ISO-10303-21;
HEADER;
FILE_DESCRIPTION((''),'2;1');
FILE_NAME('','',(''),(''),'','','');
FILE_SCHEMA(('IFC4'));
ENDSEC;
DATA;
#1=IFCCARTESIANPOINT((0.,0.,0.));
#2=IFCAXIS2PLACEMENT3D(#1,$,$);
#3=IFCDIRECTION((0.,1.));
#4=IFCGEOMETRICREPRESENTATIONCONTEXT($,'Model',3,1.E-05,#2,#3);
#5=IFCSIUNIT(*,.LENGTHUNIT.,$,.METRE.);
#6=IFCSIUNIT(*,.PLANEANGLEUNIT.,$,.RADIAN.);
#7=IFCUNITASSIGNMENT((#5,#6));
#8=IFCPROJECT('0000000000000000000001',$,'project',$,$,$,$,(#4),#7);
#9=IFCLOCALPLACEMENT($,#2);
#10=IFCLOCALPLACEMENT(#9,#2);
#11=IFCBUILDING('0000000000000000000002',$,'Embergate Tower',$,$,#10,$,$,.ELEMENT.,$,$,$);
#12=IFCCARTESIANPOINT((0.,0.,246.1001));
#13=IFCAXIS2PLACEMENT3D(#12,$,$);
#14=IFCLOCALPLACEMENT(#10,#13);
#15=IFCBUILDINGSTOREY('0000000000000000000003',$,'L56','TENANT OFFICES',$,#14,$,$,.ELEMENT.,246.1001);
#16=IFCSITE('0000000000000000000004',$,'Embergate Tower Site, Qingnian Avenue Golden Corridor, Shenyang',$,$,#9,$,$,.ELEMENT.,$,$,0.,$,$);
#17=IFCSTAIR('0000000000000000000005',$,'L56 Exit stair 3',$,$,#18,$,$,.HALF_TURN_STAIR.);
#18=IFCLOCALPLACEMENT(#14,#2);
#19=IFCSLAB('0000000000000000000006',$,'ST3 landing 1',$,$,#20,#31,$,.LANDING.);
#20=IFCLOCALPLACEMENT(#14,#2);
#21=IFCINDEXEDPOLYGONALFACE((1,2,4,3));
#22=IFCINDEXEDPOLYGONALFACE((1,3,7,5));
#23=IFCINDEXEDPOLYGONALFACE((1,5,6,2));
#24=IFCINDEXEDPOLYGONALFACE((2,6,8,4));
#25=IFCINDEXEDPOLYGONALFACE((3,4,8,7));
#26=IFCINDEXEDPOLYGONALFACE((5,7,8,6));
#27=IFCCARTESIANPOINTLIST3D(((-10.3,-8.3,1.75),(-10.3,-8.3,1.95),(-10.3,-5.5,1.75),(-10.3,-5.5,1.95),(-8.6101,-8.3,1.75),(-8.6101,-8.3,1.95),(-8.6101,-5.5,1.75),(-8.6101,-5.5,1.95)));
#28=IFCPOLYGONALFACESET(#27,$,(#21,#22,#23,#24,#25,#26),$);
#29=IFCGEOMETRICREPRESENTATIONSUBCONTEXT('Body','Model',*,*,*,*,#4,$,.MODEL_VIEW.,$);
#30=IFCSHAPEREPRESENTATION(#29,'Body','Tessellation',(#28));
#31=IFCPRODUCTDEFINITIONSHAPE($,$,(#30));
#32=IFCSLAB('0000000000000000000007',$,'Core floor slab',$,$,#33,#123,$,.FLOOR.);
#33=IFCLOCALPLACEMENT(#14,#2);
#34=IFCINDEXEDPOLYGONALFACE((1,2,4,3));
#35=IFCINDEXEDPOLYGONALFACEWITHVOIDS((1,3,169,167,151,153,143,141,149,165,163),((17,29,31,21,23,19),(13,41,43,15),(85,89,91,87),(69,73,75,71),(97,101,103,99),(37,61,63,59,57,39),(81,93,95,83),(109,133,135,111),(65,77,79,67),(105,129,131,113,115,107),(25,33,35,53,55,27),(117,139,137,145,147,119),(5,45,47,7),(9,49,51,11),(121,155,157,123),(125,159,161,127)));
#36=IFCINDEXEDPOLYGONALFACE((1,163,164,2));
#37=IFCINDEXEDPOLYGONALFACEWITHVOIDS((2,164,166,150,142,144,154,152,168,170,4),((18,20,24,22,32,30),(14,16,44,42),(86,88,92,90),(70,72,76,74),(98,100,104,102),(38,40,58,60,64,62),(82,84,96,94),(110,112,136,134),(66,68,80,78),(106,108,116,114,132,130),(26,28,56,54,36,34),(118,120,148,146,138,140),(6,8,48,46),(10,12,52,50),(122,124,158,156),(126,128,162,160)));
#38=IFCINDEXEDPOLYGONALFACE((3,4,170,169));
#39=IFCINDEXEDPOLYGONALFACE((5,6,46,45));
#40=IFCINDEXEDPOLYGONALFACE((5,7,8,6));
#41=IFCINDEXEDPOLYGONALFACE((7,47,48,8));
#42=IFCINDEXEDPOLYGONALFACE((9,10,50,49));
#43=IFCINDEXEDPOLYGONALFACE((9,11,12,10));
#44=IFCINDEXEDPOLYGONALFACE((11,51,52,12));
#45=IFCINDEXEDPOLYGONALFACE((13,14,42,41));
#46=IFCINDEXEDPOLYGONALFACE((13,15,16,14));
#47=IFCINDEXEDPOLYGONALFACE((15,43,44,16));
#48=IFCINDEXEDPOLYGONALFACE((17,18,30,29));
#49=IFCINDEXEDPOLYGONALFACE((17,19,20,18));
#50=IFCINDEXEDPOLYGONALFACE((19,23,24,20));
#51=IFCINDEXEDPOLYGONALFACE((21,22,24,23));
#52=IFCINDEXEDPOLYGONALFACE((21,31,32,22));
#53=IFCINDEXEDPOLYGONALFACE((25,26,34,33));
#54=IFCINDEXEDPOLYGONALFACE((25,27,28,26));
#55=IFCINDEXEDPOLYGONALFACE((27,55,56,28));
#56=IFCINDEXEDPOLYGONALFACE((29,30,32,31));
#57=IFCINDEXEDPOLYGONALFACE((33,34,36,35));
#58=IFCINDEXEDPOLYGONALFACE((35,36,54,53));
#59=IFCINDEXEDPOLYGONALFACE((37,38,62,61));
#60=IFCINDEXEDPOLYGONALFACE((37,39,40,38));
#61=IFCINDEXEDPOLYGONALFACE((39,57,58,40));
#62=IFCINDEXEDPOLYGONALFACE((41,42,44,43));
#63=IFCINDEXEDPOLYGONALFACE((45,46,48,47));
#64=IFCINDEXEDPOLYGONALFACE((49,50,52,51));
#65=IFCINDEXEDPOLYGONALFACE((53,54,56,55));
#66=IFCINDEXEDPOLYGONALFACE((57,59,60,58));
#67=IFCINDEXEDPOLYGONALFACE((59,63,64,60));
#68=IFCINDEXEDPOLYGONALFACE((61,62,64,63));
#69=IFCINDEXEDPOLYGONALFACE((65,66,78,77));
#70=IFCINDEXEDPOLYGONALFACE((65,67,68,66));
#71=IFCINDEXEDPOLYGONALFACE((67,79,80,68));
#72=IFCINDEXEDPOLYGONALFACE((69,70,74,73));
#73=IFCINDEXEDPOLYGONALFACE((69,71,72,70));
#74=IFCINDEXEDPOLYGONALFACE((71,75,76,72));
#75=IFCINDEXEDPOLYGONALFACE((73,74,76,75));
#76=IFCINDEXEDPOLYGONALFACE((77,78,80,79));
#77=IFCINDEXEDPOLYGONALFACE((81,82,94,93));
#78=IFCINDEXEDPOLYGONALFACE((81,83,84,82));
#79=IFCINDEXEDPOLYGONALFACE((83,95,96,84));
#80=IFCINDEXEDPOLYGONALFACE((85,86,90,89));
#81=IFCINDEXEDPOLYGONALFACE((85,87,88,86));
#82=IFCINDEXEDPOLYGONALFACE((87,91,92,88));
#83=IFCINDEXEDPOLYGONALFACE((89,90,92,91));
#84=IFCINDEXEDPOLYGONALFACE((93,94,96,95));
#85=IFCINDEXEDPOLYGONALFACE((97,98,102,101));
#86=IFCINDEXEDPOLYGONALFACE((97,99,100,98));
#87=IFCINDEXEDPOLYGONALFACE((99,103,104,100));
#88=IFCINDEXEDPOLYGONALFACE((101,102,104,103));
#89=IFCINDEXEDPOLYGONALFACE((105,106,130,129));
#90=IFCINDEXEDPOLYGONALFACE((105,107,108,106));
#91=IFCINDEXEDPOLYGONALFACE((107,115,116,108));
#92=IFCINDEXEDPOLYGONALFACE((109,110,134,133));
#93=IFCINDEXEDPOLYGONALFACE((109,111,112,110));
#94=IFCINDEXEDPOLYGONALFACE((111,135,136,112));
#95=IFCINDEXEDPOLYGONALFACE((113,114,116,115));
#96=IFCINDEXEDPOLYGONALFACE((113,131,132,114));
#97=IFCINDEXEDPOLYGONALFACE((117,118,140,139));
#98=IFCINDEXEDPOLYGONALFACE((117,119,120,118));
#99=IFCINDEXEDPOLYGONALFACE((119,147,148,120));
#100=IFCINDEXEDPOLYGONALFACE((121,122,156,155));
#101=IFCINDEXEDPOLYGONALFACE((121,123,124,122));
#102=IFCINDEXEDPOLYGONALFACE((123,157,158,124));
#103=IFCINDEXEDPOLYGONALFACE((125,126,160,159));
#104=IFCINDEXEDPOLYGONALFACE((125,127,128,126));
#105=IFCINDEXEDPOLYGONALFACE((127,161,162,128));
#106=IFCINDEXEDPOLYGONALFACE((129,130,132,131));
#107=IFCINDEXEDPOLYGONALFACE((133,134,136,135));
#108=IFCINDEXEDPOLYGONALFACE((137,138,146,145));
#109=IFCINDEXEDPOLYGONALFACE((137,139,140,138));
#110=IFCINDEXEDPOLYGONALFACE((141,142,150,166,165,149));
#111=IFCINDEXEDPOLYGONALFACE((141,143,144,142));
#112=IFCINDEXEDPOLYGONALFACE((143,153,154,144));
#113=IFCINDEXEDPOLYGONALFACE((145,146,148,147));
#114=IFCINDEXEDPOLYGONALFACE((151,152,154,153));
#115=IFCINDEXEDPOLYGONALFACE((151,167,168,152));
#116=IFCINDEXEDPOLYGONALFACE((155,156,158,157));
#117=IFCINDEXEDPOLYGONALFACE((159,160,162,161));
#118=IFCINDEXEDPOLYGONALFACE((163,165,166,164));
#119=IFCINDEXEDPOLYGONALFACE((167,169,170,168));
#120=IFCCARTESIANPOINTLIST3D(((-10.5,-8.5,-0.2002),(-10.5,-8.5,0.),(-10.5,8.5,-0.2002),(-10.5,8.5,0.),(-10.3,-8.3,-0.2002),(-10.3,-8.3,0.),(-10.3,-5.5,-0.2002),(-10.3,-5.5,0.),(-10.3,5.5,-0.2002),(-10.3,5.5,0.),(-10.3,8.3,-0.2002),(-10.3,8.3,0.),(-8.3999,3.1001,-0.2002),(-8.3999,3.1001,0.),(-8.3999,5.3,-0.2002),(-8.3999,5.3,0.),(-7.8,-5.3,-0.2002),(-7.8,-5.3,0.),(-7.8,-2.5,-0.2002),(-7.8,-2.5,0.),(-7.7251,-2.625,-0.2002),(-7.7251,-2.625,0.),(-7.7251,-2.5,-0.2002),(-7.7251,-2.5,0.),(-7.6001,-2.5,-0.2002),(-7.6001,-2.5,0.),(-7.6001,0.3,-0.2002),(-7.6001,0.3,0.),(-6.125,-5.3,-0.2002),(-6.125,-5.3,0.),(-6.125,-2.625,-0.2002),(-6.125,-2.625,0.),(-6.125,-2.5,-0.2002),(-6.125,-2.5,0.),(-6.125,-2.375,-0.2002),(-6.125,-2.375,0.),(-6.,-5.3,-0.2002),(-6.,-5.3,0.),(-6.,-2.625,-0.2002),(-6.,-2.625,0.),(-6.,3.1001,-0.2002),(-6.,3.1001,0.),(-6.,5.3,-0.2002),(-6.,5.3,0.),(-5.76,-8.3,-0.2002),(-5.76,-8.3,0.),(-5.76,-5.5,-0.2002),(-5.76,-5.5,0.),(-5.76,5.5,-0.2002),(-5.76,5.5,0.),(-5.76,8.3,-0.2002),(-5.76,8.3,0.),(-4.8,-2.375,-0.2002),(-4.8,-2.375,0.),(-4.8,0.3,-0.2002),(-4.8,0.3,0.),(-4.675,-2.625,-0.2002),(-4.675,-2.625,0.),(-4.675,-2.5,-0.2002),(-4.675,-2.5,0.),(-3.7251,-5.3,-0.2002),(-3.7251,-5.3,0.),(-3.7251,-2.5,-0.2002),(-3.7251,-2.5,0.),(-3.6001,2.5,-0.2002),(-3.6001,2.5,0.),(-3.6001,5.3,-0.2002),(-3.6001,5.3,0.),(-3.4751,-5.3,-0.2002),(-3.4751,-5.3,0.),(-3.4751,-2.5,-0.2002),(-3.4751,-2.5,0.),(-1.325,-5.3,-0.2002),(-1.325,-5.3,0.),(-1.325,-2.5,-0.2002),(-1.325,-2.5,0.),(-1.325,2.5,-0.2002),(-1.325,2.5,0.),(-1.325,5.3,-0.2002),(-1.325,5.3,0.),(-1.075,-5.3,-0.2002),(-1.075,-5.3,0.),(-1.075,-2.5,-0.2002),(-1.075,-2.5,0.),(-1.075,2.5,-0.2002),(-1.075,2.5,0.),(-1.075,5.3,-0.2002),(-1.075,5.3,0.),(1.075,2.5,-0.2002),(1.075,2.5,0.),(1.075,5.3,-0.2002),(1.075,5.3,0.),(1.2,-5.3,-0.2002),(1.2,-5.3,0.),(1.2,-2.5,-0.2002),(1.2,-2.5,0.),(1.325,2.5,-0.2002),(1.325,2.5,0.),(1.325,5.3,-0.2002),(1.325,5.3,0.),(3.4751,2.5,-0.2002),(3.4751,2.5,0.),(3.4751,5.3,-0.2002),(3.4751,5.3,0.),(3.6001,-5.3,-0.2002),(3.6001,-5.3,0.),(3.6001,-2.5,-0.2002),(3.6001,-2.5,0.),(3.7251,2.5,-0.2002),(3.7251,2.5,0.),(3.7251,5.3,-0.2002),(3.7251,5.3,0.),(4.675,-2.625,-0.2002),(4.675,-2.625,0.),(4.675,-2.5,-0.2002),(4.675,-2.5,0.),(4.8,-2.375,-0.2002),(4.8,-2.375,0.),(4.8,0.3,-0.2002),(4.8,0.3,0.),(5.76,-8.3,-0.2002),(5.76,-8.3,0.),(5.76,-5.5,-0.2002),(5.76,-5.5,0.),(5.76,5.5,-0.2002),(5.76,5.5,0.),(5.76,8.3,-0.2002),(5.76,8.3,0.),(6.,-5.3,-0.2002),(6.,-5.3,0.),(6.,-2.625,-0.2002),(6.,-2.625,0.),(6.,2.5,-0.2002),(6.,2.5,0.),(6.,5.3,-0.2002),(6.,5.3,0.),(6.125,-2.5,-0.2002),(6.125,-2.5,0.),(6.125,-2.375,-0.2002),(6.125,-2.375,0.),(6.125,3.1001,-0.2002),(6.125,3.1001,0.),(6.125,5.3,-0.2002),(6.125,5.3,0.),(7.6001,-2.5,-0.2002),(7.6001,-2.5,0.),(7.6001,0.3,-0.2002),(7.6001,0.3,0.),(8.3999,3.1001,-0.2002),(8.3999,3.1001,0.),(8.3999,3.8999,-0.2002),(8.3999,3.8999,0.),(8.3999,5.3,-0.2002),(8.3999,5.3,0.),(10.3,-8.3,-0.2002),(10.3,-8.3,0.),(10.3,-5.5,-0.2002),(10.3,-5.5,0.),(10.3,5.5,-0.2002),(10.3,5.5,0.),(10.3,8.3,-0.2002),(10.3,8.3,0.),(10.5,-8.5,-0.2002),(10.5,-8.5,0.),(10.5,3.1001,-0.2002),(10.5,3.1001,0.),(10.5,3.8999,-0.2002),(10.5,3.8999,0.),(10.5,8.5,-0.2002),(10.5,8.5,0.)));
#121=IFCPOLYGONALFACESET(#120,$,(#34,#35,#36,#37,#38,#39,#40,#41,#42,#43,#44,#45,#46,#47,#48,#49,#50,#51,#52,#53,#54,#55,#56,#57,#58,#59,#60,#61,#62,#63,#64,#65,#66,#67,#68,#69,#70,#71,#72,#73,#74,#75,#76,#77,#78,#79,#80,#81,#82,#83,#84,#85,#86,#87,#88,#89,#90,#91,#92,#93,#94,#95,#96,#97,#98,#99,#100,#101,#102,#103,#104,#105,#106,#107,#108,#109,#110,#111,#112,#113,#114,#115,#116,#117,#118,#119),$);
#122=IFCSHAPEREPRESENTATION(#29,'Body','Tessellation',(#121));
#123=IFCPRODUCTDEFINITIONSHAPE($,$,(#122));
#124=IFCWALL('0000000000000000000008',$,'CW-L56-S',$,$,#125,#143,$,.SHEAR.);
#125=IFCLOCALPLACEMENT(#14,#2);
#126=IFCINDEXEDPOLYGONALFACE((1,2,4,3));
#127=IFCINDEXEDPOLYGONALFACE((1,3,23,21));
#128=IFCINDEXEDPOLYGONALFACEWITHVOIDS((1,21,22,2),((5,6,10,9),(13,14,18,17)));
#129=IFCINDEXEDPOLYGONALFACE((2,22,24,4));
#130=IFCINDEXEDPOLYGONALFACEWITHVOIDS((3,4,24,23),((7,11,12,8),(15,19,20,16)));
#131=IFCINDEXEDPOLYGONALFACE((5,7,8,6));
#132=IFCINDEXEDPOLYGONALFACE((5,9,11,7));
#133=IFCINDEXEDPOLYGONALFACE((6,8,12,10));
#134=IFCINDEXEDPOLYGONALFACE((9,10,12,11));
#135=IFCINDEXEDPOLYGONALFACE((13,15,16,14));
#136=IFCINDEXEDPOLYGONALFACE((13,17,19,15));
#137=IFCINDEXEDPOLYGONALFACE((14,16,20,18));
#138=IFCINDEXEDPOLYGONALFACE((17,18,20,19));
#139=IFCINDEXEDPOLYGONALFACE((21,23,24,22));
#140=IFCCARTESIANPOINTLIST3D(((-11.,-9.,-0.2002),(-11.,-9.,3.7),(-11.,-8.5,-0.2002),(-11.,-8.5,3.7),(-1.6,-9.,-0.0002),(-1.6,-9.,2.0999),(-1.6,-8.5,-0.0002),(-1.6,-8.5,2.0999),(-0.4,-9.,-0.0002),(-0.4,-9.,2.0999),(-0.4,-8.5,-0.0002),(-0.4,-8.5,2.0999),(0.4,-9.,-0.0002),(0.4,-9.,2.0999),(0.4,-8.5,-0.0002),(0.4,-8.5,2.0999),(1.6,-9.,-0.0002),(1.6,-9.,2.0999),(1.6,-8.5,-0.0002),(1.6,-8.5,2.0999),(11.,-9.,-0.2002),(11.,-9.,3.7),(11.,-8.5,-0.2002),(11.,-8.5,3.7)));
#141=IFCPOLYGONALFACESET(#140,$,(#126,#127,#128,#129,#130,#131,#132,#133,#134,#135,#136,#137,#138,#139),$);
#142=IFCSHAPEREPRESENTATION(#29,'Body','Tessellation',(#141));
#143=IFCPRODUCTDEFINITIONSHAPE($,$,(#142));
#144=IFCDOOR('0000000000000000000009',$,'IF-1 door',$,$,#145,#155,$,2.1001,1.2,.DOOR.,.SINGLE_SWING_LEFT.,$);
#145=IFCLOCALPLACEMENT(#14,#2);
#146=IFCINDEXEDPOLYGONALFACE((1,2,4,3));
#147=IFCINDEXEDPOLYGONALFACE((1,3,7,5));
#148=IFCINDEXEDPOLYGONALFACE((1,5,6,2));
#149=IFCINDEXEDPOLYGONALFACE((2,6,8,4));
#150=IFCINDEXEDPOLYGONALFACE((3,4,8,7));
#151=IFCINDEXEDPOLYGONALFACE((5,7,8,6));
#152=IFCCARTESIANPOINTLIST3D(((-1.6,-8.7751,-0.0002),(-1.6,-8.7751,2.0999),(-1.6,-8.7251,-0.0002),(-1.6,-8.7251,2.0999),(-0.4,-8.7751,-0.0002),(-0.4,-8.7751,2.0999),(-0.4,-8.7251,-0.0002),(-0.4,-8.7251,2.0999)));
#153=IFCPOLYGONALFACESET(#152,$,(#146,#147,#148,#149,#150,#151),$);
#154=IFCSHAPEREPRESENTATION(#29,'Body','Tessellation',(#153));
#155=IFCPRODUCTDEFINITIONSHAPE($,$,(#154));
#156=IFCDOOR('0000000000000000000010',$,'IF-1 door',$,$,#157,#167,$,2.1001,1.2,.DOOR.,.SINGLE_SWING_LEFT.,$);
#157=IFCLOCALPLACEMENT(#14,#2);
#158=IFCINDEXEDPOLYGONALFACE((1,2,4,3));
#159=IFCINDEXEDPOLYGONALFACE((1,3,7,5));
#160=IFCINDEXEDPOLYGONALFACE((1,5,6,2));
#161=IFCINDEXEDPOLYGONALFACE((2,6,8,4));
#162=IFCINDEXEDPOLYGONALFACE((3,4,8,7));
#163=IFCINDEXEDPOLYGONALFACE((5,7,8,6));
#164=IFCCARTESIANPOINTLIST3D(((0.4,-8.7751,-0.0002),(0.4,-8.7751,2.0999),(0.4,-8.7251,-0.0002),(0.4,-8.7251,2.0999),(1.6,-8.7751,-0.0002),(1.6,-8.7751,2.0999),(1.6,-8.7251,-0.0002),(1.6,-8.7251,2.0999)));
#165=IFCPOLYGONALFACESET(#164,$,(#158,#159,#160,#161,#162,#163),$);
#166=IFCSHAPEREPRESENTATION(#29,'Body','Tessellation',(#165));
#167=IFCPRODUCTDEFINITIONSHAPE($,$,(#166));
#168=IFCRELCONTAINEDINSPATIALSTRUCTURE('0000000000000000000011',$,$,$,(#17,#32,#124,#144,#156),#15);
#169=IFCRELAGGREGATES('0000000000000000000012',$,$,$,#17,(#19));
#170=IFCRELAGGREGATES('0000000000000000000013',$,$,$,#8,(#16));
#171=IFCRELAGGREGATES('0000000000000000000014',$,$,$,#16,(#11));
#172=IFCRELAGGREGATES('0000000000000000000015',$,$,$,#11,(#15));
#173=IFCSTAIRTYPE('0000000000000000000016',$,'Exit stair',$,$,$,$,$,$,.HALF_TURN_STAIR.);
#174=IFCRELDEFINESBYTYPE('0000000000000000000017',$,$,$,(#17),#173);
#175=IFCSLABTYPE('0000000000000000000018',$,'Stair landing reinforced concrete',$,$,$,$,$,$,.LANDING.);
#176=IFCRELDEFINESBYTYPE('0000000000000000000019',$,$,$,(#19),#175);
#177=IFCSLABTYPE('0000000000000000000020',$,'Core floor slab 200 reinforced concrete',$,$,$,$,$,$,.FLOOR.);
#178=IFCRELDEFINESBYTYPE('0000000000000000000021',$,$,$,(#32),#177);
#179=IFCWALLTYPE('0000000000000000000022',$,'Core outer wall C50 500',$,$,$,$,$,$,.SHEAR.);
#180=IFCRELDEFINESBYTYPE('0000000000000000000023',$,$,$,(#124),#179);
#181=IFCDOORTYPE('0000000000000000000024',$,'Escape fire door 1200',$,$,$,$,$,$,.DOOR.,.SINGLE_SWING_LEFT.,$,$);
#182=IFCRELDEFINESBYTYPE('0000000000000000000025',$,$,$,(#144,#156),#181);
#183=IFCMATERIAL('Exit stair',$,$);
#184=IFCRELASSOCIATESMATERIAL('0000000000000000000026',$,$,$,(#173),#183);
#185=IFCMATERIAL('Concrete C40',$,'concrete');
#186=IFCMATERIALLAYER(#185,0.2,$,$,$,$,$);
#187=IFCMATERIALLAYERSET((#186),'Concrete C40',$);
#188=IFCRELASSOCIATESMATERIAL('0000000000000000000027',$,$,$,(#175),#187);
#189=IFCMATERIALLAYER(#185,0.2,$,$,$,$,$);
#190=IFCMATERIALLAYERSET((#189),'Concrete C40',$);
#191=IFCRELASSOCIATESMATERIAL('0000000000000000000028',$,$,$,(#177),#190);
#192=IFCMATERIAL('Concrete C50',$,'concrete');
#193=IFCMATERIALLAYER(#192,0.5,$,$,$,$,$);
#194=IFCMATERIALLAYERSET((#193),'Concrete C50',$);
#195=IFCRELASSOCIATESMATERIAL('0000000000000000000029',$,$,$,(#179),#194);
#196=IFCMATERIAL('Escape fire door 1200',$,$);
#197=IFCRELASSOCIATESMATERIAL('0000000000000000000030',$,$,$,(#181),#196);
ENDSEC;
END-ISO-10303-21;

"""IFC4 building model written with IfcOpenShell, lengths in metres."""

from ifc_helpers import new_model, si_unit, direction, frame, frame_2d, origin, place, context, subcontext, project, spatial, polyline, rectangle, outline, extrude, source, transform, mapped, material, layer, layer_set, type_object, element, fill, aggregate, save


model = new_model("IFC4")

# Units and contexts
model_context = context("Model", 3, precision=1e-05, world=origin(), true_north=direction((0.0, 1.0)))
body_context = subcontext(model_context, "Body", "Model", "MODEL_VIEW")
ifc_project = project(units=[si_unit("LENGTHUNIT", "METRE"), si_unit("PLANEANGLEUNIT", "RADIAN")], contexts=[model_context])

# Site, building, storey
site_placement = place(None, origin())
site = spatial("IfcSite", under=ifc_project, at=site_placement, Name="Embergate Tower Site, Qingnian Avenue Golden Corridor, Shenyang", CompositionType="ELEMENT", RefElevation=0.0)
building_placement = place(site_placement, origin())
building = spatial("IfcBuilding", under=site, at=building_placement, Name="Embergate Tower", CompositionType="ELEMENT")
storey_placement = place(building_placement, frame((0.0, 0.0, 246.1001)))
storey = spatial("IfcBuildingStorey", under=building, at=storey_placement, Name="L56", Description="TENANT OFFICES", CompositionType="ELEMENT", Elevation=246.1001)

# Stair, slab
ifc_material_1 = material(Name="Exit stair")
stair_type = type_object("IfcStairType", Name="Exit stair", PredefinedType="HALF_TURN_STAIR", material=ifc_material_1)
stair_placement = place(storey_placement, origin())
stair = element("IfcStair", 1, at=stair_placement, inside=storey, type_object=stair_type, Name="L56 Exit stair 3", PredefinedType="HALF_TURN_STAIR")
ifc_material_2 = material(Name="Concrete C40", Category="concrete")
ifc_layer_1 = layer(ifc_material_2, 0.2)
ifc_layer_set_1 = layer_set([ifc_layer_1], Name="Concrete C40")
slab_type_1 = type_object("IfcSlabType", Name="Stair landing reinforced concrete", PredefinedType="LANDING", material=ifc_layer_set_1)
shared_shape_1 = source(origin(), body_context, "Body", "SweptSolid", [
    extrude(outline(polyline([(0.0, 0.0), (1.6899, 0.0), (1.6899, 2.8), (0.0, 2.8), (0.0, 0.0)])), origin(), (0.0, 0.0, 1.0), 0.2),
])
slab_1_placement = place(storey_placement, frame((-10.3, -8.3, 1.75)))
slab_1 = element("IfcSlab", 2, at=slab_1_placement, type_object=slab_type_1, Name="ST3 landing 1", PredefinedType="LANDING", context=body_context, shape_type="MappedRepresentation", body=[
    mapped(shared_shape_1, transform((0.0, 0.0, 0.0))),
])

# Slab
ifc_layer_2 = layer(ifc_material_2, 0.2)
ifc_layer_set_2 = layer_set([ifc_layer_2], Name="Concrete C40")
slab_type_2 = type_object("IfcSlabType", Name="Core floor slab 200 reinforced concrete", PredefinedType="FLOOR", material=ifc_layer_set_2)
shared_shape_2 = source(origin(), body_context, "Body", "SweptSolid", [
    extrude(outline(polyline([(0.0, 0.0), (21.0, 0.0), (21.0, 11.6001), (18.8999, 11.6001), (16.625, 11.6001), (16.625, 13.8), (18.8999, 13.8), (18.8999, 12.3999), (21.0, 12.3999), (21.0, 17.0), (0.0, 17.0), (0.0, 0.0)]), holes=[polyline([(0.2, 0.2), (0.2, 3.0), (4.74, 3.0), (4.74, 0.2), (0.2, 0.2)]), polyline([(16.26, 0.2), (16.26, 3.0), (20.8, 3.0), (20.8, 0.2), (16.26, 0.2)]), polyline([(2.7, 3.2), (2.7, 6.0), (2.7749, 6.0), (2.7749, 5.875), (4.375, 5.875), (4.375, 3.2), (2.7, 3.2)]), polyline([(4.5, 3.2), (4.5, 5.875), (5.825, 5.875), (5.825, 6.0), (6.7749, 6.0), (6.7749, 3.2), (4.5, 3.2)]), polyline([(7.0249, 3.2), (7.0249, 6.0), (9.175, 6.0), (9.175, 3.2), (7.0249, 3.2)]), polyline([(9.425, 3.2), (9.425, 6.0), (11.7, 6.0), (11.7, 3.2), (9.425, 3.2)]), polyline([(14.1001, 3.2), (14.1001, 6.0), (15.175, 6.0), (15.175, 5.875), (16.5, 5.875), (16.5, 3.2), (14.1001, 3.2)]), polyline([(2.8999, 6.0), (2.8999, 8.8), (5.7, 8.8), (5.7, 6.125), (4.375, 6.125), (4.375, 6.0), (2.8999, 6.0)]), polyline([(16.625, 6.0), (16.625, 6.125), (15.3, 6.125), (15.3, 8.8), (18.1001, 8.8), (18.1001, 6.0), (16.625, 6.0)]), polyline([(6.8999, 11.0), (6.8999, 13.8), (9.175, 13.8), (9.175, 11.0), (6.8999, 11.0)]), polyline([(9.425, 11.0), (9.425, 13.8), (11.575, 13.8), (11.575, 11.0), (9.425, 11.0)]), polyline([(11.825, 11.0), (11.825, 13.8), (13.9751, 13.8), (13.9751, 11.0), (11.825, 11.0)]), polyline([(14.2251, 11.0), (14.2251, 13.8), (16.5, 13.8), (16.5, 11.0), (14.2251, 11.0)]), polyline([(2.1001, 11.6001), (2.1001, 13.8), (4.5, 13.8), (4.5, 11.6001), (2.1001, 11.6001)]), polyline([(0.2, 14.0), (0.2, 16.8), (4.74, 16.8), (4.74, 14.0), (0.2, 14.0)]), polyline([(16.26, 14.0), (16.26, 16.8), (20.8, 16.8), (20.8, 14.0), (16.26, 14.0)])]), origin(), (0.0, 0.0, 1.0), 0.2002),
])
slab_2_placement = place(storey_placement, frame((-10.5, -8.5, -0.2002)))
element("IfcSlab", 3, at=slab_2_placement, inside=storey, type_object=slab_type_2, Name="Core floor slab", PredefinedType="FLOOR", context=body_context, shape_type="MappedRepresentation", body=[
    mapped(shared_shape_2, transform((0.0, 0.0, 0.0))),
])

# Wall, openings, doors
ifc_material_3 = material(Name="Concrete C50", Category="concrete")
ifc_layer_3 = layer(ifc_material_3, 0.5)
ifc_layer_set_3 = layer_set([ifc_layer_3], Name="Concrete C50")
wall_type_1 = type_object("IfcWallType", Name="Core outer wall C50 500", PredefinedType="SHEAR", material=ifc_layer_set_3)
shared_shape_3 = source(origin(), body_context, "Body", "SweptSolid", [
    extrude(rectangle(XDim=22.0, YDim=0.5, at=frame_2d((11.0, 0.0))), origin(), (0.0, 0.0, 1.0), 3.9001),
])
wall_1_placement = place(storey_placement, frame((-11.0, -8.75, -0.2002), z_axis=(0.0, 0.0, 1.0), x_axis=(1.0, 0.0, 0.0)))
wall_1 = element("IfcWall", 4, at=wall_1_placement, inside=storey, type_object=wall_type_1, Name="CW-L56-S", PredefinedType="SHEAR", context=body_context, shape_type="MappedRepresentation", body=[
    mapped(shared_shape_3, transform((0.0, 0.0, 0.0))),
])
shared_shape_4 = source(origin(), body_context, "Body", "SweptSolid", [
    extrude(rectangle(XDim=1.2, YDim=2.1001, at=frame_2d((0.6001, 1.05))), frame((0.0, 0.26, 0.0), z_axis=(0.0, -1.0, 0.0), x_axis=(1.0, 0.0, 0.0)), (0.0, 0.0, 1.0), 0.52),
])
opening_1_placement = place(wall_1_placement, frame((9.3999, 0.0, 0.2)))
opening_1 = element("IfcOpeningElement", 5, at=opening_1_placement, cuts=wall_1, PredefinedType="OPENING", context=body_context, shape_type="MappedRepresentation", body=[
    mapped(shared_shape_4, transform((0.0, 0.0, 0.0))),
])
opening_2_placement = place(wall_1_placement, frame((11.3999, 0.0, 0.2)))
opening_2 = element("IfcOpeningElement", 6, at=opening_2_placement, cuts=wall_1, PredefinedType="OPENING", context=body_context, shape_type="MappedRepresentation", body=[
    mapped(shared_shape_4, transform((0.0, 0.0, 0.0))),
])
ifc_material_4 = material(Name="Escape fire door 1200")
door_type_1 = type_object("IfcDoorType", Name="Escape fire door 1200", OperationType="SINGLE_SWING_LEFT", PredefinedType="DOOR", material=ifc_material_4)
shared_shape_5 = source(origin(), body_context, "Body", "SweptSolid", [
    extrude(rectangle(XDim=1.2, YDim=2.1001, at=frame_2d((0.6001, 1.05))), frame((0.0, 0.0249, 0.0), z_axis=(0.0, -1.0, 0.0), x_axis=(1.0, 0.0, 0.0)), (0.0, 0.0, 1.0), 0.05),
])
door_1_placement = place(opening_1_placement, origin())
door_1 = element("IfcDoor", 7, at=door_1_placement, inside=storey, type_object=door_type_1, Name="IF-1 door", OperationType="SINGLE_SWING_LEFT", OverallHeight=2.1001, OverallWidth=1.2, PredefinedType="DOOR", context=body_context, shape_type="MappedRepresentation", body=[
    mapped(shared_shape_5, transform((0.0, 0.0, 0.0))),
])
fill(opening_1, door_1)
door_2_placement = place(opening_2_placement, origin())
door_2 = element("IfcDoor", 8, at=door_2_placement, inside=storey, type_object=door_type_1, Name="IF-1 door", OperationType="SINGLE_SWING_LEFT", OverallHeight=2.1001, OverallWidth=1.2, PredefinedType="DOOR", context=body_context, shape_type="MappedRepresentation", body=[
    mapped(shared_shape_5, transform((0.0, 0.0, 0.0))),
])
fill(opening_2, door_2)

aggregate(stair, [slab_1])

save(model, "model.ifc")
